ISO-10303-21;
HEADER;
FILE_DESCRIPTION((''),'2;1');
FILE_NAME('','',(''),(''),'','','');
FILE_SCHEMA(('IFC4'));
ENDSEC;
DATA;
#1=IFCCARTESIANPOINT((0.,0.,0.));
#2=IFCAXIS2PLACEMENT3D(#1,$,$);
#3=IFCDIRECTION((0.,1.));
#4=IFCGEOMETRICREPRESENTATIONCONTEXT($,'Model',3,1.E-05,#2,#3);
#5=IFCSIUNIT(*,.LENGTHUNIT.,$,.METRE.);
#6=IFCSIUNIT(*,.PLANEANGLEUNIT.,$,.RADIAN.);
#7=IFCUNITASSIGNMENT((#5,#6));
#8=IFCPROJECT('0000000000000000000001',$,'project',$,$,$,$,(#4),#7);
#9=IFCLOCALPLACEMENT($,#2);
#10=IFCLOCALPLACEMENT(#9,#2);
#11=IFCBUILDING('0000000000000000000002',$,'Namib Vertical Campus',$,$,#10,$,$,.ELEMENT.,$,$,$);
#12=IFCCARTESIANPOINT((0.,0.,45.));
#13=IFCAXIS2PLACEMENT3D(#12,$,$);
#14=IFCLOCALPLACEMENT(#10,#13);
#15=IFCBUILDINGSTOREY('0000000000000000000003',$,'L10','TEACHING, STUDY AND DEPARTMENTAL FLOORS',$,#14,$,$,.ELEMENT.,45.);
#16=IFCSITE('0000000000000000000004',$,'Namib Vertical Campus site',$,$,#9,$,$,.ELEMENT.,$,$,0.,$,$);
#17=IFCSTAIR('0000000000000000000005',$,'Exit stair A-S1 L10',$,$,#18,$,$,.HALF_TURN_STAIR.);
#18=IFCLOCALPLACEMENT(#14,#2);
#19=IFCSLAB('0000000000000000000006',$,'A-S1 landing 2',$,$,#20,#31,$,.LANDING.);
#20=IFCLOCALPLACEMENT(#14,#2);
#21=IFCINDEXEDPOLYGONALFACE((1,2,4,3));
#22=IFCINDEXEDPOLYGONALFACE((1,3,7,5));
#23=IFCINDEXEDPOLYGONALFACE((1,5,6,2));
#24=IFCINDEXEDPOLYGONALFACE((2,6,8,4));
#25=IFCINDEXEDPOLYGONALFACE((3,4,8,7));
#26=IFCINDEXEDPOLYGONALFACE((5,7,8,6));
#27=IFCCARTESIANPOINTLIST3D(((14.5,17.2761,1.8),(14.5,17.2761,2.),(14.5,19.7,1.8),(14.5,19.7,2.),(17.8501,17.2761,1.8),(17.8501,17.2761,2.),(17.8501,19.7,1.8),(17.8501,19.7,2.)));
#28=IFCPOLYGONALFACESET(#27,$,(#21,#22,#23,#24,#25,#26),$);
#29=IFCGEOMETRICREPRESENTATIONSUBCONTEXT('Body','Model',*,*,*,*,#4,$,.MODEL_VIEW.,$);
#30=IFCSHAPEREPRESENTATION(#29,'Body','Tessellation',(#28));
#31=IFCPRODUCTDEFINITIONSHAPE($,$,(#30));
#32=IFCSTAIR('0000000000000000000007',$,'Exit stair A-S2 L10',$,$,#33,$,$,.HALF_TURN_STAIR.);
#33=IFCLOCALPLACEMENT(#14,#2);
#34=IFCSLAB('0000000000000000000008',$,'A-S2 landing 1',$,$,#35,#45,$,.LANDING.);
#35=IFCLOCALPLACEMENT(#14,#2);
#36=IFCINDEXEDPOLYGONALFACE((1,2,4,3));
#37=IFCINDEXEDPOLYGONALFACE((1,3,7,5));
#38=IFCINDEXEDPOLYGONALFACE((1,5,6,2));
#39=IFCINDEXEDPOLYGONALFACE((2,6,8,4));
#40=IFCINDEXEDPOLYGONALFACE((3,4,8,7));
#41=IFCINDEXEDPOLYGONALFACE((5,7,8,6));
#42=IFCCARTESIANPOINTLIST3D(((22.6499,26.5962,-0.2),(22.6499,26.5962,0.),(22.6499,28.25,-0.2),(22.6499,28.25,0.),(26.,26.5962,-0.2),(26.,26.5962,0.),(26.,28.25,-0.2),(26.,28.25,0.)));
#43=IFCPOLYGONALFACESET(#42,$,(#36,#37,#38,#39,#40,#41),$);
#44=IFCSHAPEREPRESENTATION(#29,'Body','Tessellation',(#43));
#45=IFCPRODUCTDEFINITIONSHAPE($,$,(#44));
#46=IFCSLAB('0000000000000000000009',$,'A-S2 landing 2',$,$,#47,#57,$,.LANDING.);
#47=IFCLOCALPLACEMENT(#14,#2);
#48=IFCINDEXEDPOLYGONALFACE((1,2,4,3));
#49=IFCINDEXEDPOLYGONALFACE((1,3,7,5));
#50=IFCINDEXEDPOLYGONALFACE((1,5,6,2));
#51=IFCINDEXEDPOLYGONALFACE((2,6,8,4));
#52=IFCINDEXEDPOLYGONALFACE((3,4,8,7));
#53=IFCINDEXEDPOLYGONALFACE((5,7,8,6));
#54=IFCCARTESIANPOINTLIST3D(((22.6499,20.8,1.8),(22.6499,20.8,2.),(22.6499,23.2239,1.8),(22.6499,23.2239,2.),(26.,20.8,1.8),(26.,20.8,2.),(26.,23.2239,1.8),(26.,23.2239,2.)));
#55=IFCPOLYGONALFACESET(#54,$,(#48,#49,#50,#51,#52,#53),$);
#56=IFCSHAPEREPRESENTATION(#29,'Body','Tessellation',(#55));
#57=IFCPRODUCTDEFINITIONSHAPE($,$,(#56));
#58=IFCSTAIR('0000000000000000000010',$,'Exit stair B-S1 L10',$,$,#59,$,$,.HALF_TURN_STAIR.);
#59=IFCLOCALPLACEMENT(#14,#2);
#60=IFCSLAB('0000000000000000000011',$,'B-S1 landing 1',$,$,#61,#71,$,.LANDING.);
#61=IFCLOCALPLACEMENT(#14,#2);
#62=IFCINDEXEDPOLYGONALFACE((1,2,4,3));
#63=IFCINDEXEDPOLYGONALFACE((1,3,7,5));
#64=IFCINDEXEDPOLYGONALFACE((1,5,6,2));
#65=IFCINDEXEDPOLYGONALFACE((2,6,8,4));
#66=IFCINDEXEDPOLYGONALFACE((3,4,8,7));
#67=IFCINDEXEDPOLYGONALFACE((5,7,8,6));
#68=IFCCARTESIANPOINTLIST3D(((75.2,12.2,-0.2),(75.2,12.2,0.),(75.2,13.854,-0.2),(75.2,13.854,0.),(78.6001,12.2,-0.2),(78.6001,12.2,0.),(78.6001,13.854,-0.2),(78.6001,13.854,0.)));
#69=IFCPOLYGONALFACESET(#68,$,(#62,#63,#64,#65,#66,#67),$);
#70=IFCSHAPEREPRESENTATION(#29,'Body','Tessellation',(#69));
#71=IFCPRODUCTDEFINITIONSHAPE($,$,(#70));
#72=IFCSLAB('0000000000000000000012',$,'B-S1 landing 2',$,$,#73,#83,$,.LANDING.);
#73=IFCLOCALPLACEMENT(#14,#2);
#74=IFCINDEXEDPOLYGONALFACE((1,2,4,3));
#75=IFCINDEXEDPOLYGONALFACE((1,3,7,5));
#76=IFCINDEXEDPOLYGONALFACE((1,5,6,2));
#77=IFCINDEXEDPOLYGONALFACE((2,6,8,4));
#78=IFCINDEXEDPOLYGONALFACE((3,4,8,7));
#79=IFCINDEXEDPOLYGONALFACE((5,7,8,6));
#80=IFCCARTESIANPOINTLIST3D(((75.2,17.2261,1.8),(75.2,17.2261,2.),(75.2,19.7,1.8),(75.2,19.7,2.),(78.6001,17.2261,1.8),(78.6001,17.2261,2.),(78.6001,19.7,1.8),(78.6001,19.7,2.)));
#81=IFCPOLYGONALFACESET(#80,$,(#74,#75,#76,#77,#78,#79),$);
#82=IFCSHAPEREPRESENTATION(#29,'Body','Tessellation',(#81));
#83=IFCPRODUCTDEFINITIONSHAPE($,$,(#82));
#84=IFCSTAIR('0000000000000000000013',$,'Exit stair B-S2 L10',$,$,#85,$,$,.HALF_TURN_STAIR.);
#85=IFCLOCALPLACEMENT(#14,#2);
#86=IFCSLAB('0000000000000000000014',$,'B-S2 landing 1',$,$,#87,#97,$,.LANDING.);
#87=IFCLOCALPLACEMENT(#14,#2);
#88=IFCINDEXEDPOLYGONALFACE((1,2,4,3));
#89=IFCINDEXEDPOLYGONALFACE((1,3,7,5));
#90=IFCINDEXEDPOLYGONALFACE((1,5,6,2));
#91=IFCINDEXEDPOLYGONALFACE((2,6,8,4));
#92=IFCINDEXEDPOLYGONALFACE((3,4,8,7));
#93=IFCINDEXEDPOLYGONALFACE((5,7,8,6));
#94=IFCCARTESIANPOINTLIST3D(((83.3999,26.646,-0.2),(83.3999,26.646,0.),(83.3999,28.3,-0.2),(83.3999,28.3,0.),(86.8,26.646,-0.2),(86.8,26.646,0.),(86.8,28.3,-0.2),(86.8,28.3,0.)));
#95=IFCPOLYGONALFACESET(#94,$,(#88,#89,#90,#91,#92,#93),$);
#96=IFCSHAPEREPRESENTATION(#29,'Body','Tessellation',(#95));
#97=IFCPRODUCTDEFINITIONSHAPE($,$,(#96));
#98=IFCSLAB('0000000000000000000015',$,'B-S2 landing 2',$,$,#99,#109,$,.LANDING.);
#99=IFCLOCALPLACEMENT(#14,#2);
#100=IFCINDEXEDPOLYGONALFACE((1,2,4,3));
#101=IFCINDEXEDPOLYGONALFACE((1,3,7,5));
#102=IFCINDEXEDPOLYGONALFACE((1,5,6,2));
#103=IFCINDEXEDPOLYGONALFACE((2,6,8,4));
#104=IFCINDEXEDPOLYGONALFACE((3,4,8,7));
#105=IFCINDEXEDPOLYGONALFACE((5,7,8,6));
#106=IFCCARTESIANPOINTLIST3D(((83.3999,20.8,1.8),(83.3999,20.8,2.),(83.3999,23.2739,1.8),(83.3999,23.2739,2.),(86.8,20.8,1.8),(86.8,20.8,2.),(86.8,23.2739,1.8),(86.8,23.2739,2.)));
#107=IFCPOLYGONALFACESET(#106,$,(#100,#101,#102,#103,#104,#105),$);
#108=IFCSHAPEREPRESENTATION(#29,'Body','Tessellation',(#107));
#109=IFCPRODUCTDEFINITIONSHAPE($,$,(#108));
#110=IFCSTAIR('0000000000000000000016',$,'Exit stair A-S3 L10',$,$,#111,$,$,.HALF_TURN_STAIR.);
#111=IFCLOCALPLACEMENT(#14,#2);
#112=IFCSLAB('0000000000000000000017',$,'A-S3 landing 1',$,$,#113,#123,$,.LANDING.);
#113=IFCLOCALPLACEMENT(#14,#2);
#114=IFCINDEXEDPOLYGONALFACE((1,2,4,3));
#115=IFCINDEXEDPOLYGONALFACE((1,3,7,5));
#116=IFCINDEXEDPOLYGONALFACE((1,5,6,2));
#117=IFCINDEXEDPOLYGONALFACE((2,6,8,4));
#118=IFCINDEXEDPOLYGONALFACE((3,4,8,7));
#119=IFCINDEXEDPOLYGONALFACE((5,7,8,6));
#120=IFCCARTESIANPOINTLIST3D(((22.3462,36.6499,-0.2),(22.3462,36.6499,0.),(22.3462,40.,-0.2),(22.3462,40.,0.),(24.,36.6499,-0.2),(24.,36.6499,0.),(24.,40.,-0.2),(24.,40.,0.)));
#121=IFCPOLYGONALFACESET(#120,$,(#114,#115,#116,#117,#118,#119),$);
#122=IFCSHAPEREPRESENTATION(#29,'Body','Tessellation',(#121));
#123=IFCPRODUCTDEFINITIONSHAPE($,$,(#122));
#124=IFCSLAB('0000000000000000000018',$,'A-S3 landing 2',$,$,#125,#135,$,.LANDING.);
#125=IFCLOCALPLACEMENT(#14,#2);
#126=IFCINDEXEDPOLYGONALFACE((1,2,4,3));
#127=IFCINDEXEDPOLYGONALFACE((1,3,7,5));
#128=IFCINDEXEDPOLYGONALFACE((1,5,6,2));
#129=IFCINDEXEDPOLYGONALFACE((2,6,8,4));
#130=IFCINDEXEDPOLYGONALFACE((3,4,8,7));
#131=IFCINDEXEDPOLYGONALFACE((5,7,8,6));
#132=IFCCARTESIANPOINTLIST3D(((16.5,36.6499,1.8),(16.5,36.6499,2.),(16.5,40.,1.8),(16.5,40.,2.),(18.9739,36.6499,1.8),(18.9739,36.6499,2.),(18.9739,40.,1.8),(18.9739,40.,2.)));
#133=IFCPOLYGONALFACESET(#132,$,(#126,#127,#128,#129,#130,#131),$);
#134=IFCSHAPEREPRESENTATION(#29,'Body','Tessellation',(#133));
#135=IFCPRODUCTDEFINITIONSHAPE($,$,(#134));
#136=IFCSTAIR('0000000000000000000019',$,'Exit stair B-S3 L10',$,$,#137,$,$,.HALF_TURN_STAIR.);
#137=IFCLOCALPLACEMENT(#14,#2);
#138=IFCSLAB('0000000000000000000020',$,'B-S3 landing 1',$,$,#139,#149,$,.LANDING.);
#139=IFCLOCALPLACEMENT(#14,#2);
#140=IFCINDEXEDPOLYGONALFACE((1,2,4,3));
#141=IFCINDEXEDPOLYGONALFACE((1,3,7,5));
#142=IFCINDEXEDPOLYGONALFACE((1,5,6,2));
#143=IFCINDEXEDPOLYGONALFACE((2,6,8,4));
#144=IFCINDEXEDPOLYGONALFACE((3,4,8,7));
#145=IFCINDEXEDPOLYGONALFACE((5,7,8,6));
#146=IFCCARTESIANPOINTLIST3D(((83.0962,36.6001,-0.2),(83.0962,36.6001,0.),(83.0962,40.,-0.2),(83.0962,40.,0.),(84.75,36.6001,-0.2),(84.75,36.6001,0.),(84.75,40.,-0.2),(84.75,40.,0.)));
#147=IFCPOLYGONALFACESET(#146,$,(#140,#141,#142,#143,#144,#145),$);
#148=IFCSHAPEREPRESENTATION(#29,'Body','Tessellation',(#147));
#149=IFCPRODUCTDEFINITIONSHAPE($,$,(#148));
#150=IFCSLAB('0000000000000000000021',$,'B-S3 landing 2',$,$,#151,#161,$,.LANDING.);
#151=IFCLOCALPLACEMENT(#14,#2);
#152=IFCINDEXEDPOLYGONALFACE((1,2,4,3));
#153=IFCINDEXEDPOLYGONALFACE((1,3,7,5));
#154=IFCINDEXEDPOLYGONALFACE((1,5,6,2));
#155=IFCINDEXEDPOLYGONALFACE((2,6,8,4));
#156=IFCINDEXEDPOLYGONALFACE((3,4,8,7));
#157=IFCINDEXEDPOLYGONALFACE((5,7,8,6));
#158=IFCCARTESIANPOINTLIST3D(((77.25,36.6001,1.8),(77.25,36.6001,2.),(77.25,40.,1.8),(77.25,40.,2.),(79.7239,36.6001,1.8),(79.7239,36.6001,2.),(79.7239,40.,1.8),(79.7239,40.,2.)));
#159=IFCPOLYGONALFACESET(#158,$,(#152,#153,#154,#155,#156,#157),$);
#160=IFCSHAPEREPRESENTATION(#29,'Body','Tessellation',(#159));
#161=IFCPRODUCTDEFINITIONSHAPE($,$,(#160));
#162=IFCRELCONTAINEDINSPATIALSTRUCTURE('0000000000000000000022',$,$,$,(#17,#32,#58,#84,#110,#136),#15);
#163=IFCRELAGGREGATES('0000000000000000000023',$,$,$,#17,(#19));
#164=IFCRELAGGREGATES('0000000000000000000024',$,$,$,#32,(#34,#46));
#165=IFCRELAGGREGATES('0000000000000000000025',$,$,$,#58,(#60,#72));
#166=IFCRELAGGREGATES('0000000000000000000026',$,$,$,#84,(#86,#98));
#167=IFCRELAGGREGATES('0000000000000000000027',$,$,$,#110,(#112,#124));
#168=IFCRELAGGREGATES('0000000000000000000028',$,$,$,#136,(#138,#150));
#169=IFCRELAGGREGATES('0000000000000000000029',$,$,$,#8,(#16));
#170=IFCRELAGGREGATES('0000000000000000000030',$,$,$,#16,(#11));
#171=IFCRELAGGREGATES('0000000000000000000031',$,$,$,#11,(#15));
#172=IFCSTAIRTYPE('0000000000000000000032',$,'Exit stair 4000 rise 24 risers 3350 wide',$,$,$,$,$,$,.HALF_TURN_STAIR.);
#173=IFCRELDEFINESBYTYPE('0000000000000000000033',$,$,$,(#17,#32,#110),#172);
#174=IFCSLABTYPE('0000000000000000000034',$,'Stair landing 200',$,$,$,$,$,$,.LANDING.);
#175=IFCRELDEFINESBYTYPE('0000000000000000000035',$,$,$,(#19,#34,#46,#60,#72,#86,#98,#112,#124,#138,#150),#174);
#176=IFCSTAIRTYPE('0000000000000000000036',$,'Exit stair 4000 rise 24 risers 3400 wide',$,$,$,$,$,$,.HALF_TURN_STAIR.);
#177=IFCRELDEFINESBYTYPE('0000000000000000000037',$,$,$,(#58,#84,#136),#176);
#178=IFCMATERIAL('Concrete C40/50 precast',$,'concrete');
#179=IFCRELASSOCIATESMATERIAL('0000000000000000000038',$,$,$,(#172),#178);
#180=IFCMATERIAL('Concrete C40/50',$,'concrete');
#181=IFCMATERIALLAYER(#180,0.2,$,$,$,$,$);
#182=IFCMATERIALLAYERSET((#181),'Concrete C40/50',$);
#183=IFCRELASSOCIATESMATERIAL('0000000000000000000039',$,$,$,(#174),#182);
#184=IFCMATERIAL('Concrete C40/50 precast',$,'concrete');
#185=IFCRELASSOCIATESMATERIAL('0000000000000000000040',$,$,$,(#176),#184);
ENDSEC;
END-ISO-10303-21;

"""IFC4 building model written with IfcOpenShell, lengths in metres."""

from ifc_helpers import new_model, si_unit, direction, frame, origin, place, context, subcontext, project, spatial, polyline, outline, extrude, material, layer, layer_set, type_object, element, aggregate, save


model = new_model("IFC4")

# Units and contexts
model_context = context("Model", 3, precision=1e-05, world=origin(), true_north=direction((0.0, 1.0)))
body_context = subcontext(model_context, "Body", "Model", "MODEL_VIEW")
ifc_project = project(units=[si_unit("LENGTHUNIT", "METRE"), si_unit("PLANEANGLEUNIT", "RADIAN")], contexts=[model_context])

# Site, building, storey
site_placement = place(None, origin())
site = spatial("IfcSite", under=ifc_project, at=site_placement, Name="Namib Vertical Campus site", CompositionType="ELEMENT", RefElevation=0.0)
building_placement = place(site_placement, origin())
building = spatial("IfcBuilding", under=site, at=building_placement, Name="Namib Vertical Campus", CompositionType="ELEMENT")
storey_placement = place(building_placement, frame((0.0, 0.0, 45.0)))
storey = spatial("IfcBuildingStorey", under=building, at=storey_placement, Name="L10", Description="TEACHING, STUDY AND DEPARTMENTAL FLOORS", CompositionType="ELEMENT", Elevation=45.0)

# Stairs, slabs
ifc_material_1 = material(Name="Concrete C40/50 precast", Category="concrete")
stair_type_1 = type_object("IfcStairType", Name="Exit stair 4000 rise 24 risers 3350 wide", PredefinedType="HALF_TURN_STAIR", material=ifc_material_1)
stair_1_placement = place(storey_placement, origin())
stair_1 = element("IfcStair", 1, at=stair_1_placement, inside=storey, type_object=stair_type_1, Name="Exit stair A-S1 L10", PredefinedType="HALF_TURN_STAIR")
ifc_material_2 = material(Name="Concrete C40/50", Category="concrete")
ifc_layer_1 = layer(ifc_material_2, 0.2)
ifc_layer_set_1 = layer_set([ifc_layer_1], Name="Concrete C40/50")
slab_type_1 = type_object("IfcSlabType", Name="Stair landing 200", PredefinedType="LANDING", material=ifc_layer_set_1)
slab_1_placement = place(storey_placement, frame((0.0, 0.0, 1.8)))
slab_1 = element("IfcSlab", 2, at=slab_1_placement, type_object=slab_type_1, Name="A-S1 landing 2", PredefinedType="LANDING", context=body_context, shape_type="SweptSolid", body=[
    extrude(outline(polyline([(14.5, 17.2761), (17.8501, 17.2761), (17.8501, 19.7), (14.5, 19.7), (14.5, 17.2761)])), origin(), (0.0, 0.0, 1.0), 0.2),
])
aggregate(stair_1, [slab_1])
stair_2_placement = place(storey_placement, origin())
stair_2 = element("IfcStair", 3, at=stair_2_placement, inside=storey, type_object=stair_type_1, Name="Exit stair A-S2 L10", PredefinedType="HALF_TURN_STAIR")
slab_2_placement = place(storey_placement, frame((0.0, 0.0, -0.2)))
slab_2 = element("IfcSlab", 4, at=slab_2_placement, type_object=slab_type_1, Name="A-S2 landing 1", PredefinedType="LANDING", context=body_context, shape_type="SweptSolid", body=[
    extrude(outline(polyline([(22.6499, 26.5962), (26.0, 26.5962), (26.0, 28.25), (22.6499, 28.25), (22.6499, 26.5962)])), origin(), (0.0, 0.0, 1.0), 0.2),
])
slab_3_placement = place(storey_placement, frame((0.0, 0.0, 1.8)))
slab_3 = element("IfcSlab", 5, at=slab_3_placement, type_object=slab_type_1, Name="A-S2 landing 2", PredefinedType="LANDING", context=body_context, shape_type="SweptSolid", body=[
    extrude(outline(polyline([(22.6499, 20.8), (26.0, 20.8), (26.0, 23.2239), (22.6499, 23.2239), (22.6499, 20.8)])), origin(), (0.0, 0.0, 1.0), 0.2),
])
aggregate(stair_2, [slab_2, slab_3])
ifc_material_3 = material(Name="Concrete C40/50 precast", Category="concrete")
stair_type_2 = type_object("IfcStairType", Name="Exit stair 4000 rise 24 risers 3400 wide", PredefinedType="HALF_TURN_STAIR", material=ifc_material_3)
stair_3_placement = place(storey_placement, origin())
stair_3 = element("IfcStair", 6, at=stair_3_placement, inside=storey, type_object=stair_type_2, Name="Exit stair B-S1 L10", PredefinedType="HALF_TURN_STAIR")
slab_4_placement = place(storey_placement, frame((0.0, 0.0, -0.2)))
slab_4 = element("IfcSlab", 7, at=slab_4_placement, type_object=slab_type_1, Name="B-S1 landing 1", PredefinedType="LANDING", context=body_context, shape_type="SweptSolid", body=[
    extrude(outline(polyline([(75.2, 12.2), (78.6001, 12.2), (78.6001, 13.854), (75.2, 13.854), (75.2, 12.2)])), origin(), (0.0, 0.0, 1.0), 0.2),
])
slab_5_placement = place(storey_placement, frame((0.0, 0.0, 1.8)))
slab_5 = element("IfcSlab", 8, at=slab_5_placement, type_object=slab_type_1, Name="B-S1 landing 2", PredefinedType="LANDING", context=body_context, shape_type="SweptSolid", body=[
    extrude(outline(polyline([(75.2, 17.2261), (78.6001, 17.2261), (78.6001, 19.7), (75.2, 19.7), (75.2, 17.2261)])), origin(), (0.0, 0.0, 1.0), 0.2),
])
aggregate(stair_3, [slab_4, slab_5])
stair_4_placement = place(storey_placement, origin())
stair_4 = element("IfcStair", 9, at=stair_4_placement, inside=storey, type_object=stair_type_2, Name="Exit stair B-S2 L10", PredefinedType="HALF_TURN_STAIR")
slab_6_placement = place(storey_placement, frame((0.0, 0.0, -0.2)))
slab_6 = element("IfcSlab", 10, at=slab_6_placement, type_object=slab_type_1, Name="B-S2 landing 1", PredefinedType="LANDING", context=body_context, shape_type="SweptSolid", body=[
    extrude(outline(polyline([(83.3999, 26.646), (86.8, 26.646), (86.8, 28.3), (83.3999, 28.3), (83.3999, 26.646)])), origin(), (0.0, 0.0, 1.0), 0.2),
])
slab_7_placement = place(storey_placement, frame((0.0, 0.0, 1.8)))
slab_7 = element("IfcSlab", 11, at=slab_7_placement, type_object=slab_type_1, Name="B-S2 landing 2", PredefinedType="LANDING", context=body_context, shape_type="SweptSolid", body=[
    extrude(outline(polyline([(83.3999, 20.8), (86.8, 20.8), (86.8, 23.2739), (83.3999, 23.2739), (83.3999, 20.8)])), origin(), (0.0, 0.0, 1.0), 0.2),
])
aggregate(stair_4, [slab_6, slab_7])
stair_5_placement = place(storey_placement, origin())
stair_5 = element("IfcStair", 12, at=stair_5_placement, inside=storey, type_object=stair_type_1, Name="Exit stair A-S3 L10", PredefinedType="HALF_TURN_STAIR")
slab_8_placement = place(storey_placement, frame((0.0, 0.0, -0.2)))
slab_8 = element("IfcSlab", 13, at=slab_8_placement, type_object=slab_type_1, Name="A-S3 landing 1", PredefinedType="LANDING", context=body_context, shape_type="SweptSolid", body=[
    extrude(outline(polyline([(22.3462, 36.6499), (22.3462, 40.0), (24.0, 40.0), (24.0, 36.6499), (22.3462, 36.6499)])), origin(), (0.0, 0.0, 1.0), 0.2),
])
slab_9_placement = place(storey_placement, frame((0.0, 0.0, 1.8)))
slab_9 = element("IfcSlab", 14, at=slab_9_placement, type_object=slab_type_1, Name="A-S3 landing 2", PredefinedType="LANDING", context=body_context, shape_type="SweptSolid", body=[
    extrude(outline(polyline([(16.5, 36.6499), (16.5, 40.0), (18.9739, 40.0), (18.9739, 36.6499), (16.5, 36.6499)])), origin(), (0.0, 0.0, 1.0), 0.2),
])
aggregate(stair_5, [slab_8, slab_9])
stair_6_placement = place(storey_placement, origin())
stair_6 = element("IfcStair", 15, at=stair_6_placement, inside=storey, type_object=stair_type_2, Name="Exit stair B-S3 L10", PredefinedType="HALF_TURN_STAIR")
slab_10_placement = place(storey_placement, frame((0.0, 0.0, -0.2)))
slab_10 = element("IfcSlab", 16, at=slab_10_placement, type_object=slab_type_1, Name="B-S3 landing 1", PredefinedType="LANDING", context=body_context, shape_type="SweptSolid", body=[
    extrude(outline(polyline([(83.0962, 36.6001), (83.0962, 40.0), (84.75, 40.0), (84.75, 36.6001), (83.0962, 36.6001)])), origin(), (0.0, 0.0, 1.0), 0.2),
])
slab_11_placement = place(storey_placement, frame((0.0, 0.0, 1.8)))
slab_11 = element("IfcSlab", 17, at=slab_11_placement, type_object=slab_type_1, Name="B-S3 landing 2", PredefinedType="LANDING", context=body_context, shape_type="SweptSolid", body=[
    extrude(outline(polyline([(77.25, 36.6001), (77.25, 40.0), (79.7239, 40.0), (79.7239, 36.6001), (77.25, 36.6001)])), origin(), (0.0, 0.0, 1.0), 0.2),
])
aggregate(stair_6, [slab_10, slab_11])

save(model, "model.ifc")
